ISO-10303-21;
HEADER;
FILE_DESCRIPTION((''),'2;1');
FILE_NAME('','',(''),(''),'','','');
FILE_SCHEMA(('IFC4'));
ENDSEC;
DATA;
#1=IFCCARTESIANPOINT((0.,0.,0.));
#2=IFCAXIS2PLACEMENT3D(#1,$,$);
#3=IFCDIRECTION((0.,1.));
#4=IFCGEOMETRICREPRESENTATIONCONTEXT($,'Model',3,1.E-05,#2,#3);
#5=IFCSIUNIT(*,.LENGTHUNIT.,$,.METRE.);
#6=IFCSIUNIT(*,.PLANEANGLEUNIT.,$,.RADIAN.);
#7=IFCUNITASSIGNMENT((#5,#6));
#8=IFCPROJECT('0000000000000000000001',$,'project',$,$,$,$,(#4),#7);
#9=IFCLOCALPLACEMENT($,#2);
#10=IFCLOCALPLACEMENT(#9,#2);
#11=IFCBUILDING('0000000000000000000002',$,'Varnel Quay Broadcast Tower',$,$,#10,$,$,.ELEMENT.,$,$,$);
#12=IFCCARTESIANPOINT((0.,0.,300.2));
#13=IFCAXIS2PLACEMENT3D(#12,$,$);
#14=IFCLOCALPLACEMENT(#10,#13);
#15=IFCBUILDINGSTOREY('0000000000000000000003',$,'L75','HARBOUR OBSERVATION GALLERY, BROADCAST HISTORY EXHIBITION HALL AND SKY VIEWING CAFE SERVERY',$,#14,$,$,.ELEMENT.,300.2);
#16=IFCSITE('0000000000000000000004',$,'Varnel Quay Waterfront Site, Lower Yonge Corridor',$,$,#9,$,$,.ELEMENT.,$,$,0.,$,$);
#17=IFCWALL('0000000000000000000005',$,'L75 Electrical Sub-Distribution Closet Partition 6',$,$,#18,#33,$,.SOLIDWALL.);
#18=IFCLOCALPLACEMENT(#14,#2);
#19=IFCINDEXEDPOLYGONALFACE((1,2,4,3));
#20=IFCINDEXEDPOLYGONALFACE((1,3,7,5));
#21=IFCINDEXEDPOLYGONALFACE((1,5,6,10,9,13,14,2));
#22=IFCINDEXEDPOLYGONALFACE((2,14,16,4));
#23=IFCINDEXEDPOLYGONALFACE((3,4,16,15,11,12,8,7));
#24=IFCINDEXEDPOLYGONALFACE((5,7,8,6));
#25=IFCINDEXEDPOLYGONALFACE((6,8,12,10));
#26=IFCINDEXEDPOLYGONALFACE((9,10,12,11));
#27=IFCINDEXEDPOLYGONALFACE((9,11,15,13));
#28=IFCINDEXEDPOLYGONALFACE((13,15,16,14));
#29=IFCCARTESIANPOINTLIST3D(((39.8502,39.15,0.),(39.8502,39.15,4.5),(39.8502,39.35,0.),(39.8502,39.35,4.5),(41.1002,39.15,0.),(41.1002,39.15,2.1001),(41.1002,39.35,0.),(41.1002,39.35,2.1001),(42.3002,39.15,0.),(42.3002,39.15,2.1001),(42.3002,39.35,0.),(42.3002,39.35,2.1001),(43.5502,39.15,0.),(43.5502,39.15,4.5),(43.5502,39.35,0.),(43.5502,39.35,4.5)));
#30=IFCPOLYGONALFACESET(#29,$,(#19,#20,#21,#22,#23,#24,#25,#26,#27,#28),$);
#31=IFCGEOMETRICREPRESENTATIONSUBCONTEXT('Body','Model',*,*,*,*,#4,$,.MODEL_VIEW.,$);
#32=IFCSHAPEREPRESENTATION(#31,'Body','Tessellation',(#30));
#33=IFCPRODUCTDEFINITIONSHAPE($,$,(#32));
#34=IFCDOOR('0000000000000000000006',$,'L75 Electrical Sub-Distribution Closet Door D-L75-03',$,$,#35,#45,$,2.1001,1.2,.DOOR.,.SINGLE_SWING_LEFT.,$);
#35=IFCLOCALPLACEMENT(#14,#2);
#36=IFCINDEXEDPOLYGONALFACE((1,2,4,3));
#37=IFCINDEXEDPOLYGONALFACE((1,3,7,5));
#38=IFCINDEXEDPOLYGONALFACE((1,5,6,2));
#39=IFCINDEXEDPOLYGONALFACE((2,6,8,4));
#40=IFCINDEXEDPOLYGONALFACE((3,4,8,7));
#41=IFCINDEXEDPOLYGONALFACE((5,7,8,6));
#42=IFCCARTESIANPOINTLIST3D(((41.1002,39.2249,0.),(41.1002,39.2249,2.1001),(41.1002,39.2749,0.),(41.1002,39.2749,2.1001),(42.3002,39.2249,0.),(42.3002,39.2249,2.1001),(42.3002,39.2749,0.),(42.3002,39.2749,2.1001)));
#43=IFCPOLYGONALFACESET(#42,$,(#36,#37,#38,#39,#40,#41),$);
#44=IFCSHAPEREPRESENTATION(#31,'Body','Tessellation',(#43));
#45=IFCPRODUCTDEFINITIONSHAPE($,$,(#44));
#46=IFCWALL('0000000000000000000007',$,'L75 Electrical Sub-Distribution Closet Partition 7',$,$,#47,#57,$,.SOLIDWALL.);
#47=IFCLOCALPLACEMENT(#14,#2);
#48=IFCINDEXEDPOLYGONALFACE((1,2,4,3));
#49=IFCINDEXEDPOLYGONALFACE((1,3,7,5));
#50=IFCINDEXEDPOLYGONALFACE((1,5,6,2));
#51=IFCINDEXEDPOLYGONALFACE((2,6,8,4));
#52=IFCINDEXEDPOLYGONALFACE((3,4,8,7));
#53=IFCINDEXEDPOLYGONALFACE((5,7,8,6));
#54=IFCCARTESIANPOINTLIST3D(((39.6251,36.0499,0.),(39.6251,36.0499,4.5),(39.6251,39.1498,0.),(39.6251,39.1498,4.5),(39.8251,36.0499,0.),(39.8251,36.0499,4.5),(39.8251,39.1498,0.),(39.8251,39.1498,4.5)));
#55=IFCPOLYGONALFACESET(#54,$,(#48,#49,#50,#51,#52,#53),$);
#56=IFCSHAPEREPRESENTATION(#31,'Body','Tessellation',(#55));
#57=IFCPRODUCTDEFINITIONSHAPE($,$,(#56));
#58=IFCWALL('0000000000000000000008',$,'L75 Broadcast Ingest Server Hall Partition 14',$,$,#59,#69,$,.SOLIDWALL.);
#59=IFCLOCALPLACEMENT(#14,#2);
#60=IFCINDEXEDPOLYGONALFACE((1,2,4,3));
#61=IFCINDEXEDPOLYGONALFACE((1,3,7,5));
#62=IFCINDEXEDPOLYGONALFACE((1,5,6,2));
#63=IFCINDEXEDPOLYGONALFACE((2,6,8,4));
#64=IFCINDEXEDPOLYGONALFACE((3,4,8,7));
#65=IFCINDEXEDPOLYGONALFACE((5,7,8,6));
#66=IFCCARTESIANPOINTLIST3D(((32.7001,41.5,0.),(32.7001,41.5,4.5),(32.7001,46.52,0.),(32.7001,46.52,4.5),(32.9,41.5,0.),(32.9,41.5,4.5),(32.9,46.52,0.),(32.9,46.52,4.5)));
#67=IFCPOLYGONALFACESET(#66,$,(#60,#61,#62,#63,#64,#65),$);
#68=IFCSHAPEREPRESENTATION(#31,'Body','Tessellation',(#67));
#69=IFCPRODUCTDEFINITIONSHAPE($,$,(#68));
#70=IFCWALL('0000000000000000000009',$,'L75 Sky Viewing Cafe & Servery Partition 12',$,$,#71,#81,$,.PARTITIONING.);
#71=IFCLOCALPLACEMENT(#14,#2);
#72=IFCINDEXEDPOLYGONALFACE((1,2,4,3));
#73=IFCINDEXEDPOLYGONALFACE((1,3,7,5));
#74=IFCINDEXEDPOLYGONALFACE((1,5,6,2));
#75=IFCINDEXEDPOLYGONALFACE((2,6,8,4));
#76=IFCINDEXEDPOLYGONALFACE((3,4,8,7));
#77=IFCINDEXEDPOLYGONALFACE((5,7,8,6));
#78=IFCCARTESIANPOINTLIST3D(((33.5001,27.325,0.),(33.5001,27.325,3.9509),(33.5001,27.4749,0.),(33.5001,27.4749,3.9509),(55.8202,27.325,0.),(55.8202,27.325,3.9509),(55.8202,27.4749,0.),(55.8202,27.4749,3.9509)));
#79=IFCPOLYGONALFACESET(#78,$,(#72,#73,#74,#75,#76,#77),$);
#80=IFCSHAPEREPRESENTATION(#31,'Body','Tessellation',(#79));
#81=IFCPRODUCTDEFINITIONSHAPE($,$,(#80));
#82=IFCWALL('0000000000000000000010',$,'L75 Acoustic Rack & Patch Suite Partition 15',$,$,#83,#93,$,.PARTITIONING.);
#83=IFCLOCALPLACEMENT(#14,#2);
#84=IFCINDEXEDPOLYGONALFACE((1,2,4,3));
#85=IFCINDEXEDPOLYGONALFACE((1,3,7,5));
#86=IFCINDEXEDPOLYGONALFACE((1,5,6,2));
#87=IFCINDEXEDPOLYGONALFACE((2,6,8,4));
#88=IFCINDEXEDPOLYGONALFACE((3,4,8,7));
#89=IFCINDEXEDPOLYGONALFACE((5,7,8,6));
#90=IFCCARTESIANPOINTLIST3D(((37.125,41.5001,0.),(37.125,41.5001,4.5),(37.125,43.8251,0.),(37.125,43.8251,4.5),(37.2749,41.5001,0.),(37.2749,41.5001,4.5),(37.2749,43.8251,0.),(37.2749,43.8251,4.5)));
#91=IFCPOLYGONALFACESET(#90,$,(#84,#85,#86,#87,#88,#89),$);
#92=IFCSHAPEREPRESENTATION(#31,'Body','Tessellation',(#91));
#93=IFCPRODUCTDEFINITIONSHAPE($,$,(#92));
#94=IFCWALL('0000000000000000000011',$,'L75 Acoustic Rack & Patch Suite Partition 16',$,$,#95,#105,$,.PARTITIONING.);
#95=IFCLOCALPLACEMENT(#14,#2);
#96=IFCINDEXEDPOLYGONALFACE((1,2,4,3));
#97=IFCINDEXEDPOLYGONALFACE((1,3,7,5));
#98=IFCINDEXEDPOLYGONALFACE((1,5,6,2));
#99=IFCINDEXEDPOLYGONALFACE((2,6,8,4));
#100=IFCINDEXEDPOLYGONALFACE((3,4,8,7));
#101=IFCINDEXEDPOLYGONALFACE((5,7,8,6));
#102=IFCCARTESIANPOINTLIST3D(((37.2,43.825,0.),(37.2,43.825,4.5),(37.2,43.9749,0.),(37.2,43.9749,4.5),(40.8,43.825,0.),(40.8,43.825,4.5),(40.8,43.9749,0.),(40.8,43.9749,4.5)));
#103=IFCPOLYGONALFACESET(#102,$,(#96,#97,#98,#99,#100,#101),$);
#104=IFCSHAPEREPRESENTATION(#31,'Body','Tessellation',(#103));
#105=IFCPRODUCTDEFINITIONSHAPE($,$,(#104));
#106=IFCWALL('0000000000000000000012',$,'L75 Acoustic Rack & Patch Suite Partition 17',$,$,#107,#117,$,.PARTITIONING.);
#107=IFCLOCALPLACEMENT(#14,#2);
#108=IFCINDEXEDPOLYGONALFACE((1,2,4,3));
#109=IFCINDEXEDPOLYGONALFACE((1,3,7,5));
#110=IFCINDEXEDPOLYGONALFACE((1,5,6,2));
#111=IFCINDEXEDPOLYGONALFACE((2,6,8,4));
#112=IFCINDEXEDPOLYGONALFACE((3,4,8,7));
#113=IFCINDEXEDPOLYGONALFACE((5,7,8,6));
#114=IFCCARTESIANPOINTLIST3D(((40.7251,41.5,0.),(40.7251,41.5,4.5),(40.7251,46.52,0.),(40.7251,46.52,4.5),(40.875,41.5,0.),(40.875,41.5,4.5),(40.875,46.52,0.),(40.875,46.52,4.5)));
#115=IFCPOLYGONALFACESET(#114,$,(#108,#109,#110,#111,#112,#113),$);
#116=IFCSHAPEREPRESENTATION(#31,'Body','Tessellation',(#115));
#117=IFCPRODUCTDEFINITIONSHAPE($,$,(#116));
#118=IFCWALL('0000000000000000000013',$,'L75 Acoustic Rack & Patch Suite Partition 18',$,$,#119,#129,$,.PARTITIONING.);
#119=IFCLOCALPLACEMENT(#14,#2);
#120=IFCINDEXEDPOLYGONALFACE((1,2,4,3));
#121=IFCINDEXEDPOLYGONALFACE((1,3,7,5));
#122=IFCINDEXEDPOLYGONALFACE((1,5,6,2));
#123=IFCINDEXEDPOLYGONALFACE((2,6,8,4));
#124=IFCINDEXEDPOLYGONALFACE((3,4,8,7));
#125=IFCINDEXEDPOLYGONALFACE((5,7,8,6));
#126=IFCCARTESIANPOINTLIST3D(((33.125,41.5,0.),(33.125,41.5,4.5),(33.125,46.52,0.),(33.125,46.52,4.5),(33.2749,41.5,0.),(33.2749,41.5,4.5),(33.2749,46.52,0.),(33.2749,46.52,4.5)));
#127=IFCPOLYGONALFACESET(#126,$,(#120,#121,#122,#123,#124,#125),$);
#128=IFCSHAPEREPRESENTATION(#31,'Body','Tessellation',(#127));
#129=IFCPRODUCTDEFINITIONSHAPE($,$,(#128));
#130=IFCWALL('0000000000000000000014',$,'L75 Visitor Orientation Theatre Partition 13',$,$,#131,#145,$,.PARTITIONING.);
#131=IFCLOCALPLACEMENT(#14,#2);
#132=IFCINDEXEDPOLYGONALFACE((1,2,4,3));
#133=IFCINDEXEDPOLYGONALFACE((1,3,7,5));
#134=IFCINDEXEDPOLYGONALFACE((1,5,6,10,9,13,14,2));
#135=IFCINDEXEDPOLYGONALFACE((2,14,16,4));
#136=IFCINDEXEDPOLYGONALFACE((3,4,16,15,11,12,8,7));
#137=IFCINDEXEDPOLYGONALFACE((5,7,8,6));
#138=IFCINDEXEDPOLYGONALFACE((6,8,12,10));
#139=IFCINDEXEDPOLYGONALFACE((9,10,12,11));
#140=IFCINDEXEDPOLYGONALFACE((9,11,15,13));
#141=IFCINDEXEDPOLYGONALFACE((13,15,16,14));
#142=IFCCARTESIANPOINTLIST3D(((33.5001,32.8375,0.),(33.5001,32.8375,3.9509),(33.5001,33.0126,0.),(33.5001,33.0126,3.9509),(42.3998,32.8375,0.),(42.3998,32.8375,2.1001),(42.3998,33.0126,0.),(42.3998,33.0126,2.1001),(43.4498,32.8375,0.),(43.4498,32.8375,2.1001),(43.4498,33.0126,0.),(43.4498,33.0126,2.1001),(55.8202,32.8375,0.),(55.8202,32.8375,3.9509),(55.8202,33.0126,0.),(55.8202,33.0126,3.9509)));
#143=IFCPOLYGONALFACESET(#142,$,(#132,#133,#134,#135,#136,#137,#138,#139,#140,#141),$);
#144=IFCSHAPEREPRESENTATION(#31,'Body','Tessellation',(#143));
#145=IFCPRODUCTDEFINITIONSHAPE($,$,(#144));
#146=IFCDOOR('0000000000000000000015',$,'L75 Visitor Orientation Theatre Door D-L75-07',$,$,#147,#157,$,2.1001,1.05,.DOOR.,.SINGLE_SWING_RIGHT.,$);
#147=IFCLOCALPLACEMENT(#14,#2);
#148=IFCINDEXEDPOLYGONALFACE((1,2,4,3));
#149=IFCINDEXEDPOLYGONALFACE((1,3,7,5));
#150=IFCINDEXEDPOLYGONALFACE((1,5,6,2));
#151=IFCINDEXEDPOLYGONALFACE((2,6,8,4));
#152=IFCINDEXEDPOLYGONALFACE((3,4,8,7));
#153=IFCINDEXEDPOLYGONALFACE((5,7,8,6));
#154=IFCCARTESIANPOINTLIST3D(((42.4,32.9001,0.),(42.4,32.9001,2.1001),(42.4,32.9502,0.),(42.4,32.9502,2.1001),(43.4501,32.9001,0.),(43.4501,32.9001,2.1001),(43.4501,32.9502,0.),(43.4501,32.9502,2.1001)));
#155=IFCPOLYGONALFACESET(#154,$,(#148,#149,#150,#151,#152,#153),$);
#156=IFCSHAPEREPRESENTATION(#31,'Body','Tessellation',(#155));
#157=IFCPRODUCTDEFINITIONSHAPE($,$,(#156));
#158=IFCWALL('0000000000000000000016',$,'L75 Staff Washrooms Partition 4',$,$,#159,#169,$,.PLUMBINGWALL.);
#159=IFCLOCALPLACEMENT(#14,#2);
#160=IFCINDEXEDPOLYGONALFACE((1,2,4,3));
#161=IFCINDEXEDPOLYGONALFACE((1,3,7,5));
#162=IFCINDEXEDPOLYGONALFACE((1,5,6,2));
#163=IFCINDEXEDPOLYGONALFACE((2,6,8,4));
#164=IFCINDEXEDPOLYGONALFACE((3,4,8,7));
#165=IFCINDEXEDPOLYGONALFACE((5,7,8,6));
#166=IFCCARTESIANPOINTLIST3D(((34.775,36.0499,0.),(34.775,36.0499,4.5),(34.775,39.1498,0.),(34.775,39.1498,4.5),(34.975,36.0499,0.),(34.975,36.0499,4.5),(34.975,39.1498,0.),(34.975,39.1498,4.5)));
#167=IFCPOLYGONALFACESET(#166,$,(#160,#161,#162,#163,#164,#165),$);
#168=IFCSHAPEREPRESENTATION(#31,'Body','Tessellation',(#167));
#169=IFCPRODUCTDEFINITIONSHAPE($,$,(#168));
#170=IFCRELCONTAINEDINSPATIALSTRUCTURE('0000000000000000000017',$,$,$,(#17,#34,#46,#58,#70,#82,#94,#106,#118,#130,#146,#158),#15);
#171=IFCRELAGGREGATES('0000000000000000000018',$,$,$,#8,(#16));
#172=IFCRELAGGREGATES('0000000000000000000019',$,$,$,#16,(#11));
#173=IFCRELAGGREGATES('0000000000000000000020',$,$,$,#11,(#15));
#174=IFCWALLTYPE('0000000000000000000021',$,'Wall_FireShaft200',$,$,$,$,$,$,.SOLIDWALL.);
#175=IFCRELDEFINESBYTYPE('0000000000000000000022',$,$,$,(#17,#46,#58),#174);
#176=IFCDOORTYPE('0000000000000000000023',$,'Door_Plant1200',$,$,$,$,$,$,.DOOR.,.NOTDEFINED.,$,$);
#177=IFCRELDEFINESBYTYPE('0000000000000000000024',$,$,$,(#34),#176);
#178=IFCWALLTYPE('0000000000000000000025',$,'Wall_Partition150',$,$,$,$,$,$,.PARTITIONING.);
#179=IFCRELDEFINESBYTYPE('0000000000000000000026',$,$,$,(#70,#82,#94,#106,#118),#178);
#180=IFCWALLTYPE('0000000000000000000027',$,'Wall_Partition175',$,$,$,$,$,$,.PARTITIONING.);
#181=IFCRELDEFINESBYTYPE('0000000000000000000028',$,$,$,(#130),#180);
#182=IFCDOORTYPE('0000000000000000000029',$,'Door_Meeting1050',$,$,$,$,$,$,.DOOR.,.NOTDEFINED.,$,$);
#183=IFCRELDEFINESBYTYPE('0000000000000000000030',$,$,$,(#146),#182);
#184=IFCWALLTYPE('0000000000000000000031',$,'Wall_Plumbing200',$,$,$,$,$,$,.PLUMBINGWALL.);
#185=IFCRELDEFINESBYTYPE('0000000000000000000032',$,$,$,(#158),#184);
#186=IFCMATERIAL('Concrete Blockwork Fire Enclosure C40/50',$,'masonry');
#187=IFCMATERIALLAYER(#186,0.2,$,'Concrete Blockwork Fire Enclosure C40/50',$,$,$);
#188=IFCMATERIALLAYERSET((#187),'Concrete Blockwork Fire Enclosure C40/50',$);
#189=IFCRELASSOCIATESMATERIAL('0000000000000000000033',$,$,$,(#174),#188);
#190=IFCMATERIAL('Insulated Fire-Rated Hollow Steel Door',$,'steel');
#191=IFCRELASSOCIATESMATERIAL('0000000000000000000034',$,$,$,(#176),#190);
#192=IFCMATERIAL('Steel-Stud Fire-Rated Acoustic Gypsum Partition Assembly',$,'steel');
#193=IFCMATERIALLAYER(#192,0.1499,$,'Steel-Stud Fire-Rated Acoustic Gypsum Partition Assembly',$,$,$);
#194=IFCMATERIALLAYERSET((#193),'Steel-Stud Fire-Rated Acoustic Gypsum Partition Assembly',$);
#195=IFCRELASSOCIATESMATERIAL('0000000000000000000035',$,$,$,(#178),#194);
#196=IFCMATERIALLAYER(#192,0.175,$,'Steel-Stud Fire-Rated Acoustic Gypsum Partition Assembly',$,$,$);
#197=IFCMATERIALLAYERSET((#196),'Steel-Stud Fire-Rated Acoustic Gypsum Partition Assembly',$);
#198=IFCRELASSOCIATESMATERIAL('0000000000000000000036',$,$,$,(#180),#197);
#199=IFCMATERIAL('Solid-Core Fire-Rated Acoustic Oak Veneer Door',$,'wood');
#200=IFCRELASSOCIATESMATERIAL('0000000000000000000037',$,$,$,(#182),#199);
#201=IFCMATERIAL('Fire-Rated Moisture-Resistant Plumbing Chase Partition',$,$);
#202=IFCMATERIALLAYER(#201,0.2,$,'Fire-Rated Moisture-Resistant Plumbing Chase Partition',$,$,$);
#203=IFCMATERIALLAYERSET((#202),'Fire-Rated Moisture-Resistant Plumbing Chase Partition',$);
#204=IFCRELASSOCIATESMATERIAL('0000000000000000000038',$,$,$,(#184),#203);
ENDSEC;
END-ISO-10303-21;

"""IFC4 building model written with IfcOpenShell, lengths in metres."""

from ifc_helpers import new_model, si_unit, direction, frame, frame_2d, origin, place, context, subcontext, project, spatial, rectangle, extrude, source, transform, mapped, material, layer, layer_set, type_object, type_shapes, element, fill, save


model = new_model("IFC4")

# Units and contexts
model_context = context("Model", 3, precision=1e-05, world=origin(), true_north=direction((0.0, 1.0)))
body_context = subcontext(model_context, "Body", "Model", "MODEL_VIEW")
ifc_project = project(units=[si_unit("LENGTHUNIT", "METRE"), si_unit("PLANEANGLEUNIT", "RADIAN")], contexts=[model_context])

# Site, building, storey
site_placement = place(None, origin())
site = spatial("IfcSite", under=ifc_project, at=site_placement, Name="Varnel Quay Waterfront Site, Lower Yonge Corridor", CompositionType="ELEMENT", RefElevation=0.0)
building_placement = place(site_placement, origin())
building = spatial("IfcBuilding", under=site, at=building_placement, Name="Varnel Quay Broadcast Tower", CompositionType="ELEMENT")
storey_placement = place(building_placement, frame((0.0, 0.0, 300.2)))
storey = spatial("IfcBuildingStorey", under=building, at=storey_placement, Name="L75", Description="HARBOUR OBSERVATION GALLERY, BROADCAST HISTORY EXHIBITION HALL AND SKY VIEWING CAFE SERVERY", CompositionType="ELEMENT", Elevation=300.2)

# Shared definitions
ifc_material_1 = material(Name="Insulated Fire-Rated Hollow Steel Door", Category="steel")

# Shared definitions
ifc_material_2 = material(Name="Concrete Blockwork Fire Enclosure C40/50", Category="masonry")
ifc_layer_1 = layer(ifc_material_2, 0.2, Name="Concrete Blockwork Fire Enclosure C40/50")
ifc_layer_set_1 = layer_set([ifc_layer_1], Name="Concrete Blockwork Fire Enclosure C40/50")
wall_type_1 = type_object("IfcWallType", Name="Wall_FireShaft200", PredefinedType="SOLIDWALL", material=ifc_layer_set_1)

# Wall, opening, door
wall_1_placement = place(storey_placement, frame((39.8501, 39.25, 0.0), z_axis=(0.0, 0.0, 1.0), x_axis=(1.0, 0.0, 0.0)))
wall_1 = element("IfcWall", 1, at=wall_1_placement, inside=storey, type_object=wall_type_1, Name="L75 Electrical Sub-Distribution Closet Partition 6", PredefinedType="SOLIDWALL", context=body_context, shape_type="SweptSolid", body=[
    extrude(rectangle(XDim=3.7, YDim=0.2, at=frame_2d((1.8501, 0.0))), origin(), (0.0, 0.0, 1.0), 4.5),
])
opening_1_placement = place(wall_1_placement, frame((1.25, 0.0, 0.0)))
opening_1 = element("IfcOpeningElement", 2, at=opening_1_placement, cuts=wall_1, PredefinedType="OPENING", context=body_context, shape_type="SweptSolid", body=[
    extrude(rectangle(XDim=1.2, YDim=2.1001, at=frame_2d((0.6001, 1.05))), frame((0.0, 0.1099, 0.0), z_axis=(0.0, -1.0, 0.0), x_axis=(1.0, 0.0, 0.0)), (0.0, 0.0, 1.0), 0.22),
])
door_type_1 = type_object("IfcDoorType", Name="Door_Plant1200", OperationType="NOTDEFINED", PredefinedType="DOOR", material=ifc_material_1)
shared_shape_1 = source(origin(), body_context, "Body", "SweptSolid", [
    extrude(rectangle(XDim=1.2, YDim=2.1001, at=frame_2d((0.6001, 1.05))), frame((0.0, 0.0249, 0.0), z_axis=(0.0, -1.0, 0.0), x_axis=(1.0, 0.0, 0.0)), (0.0, 0.0, 1.0), 0.05),
])
type_shapes(door_type_1, [shared_shape_1])
door_1_placement = place(opening_1_placement, origin())
door_1 = element("IfcDoor", 3, at=door_1_placement, inside=storey, type_object=door_type_1, Name="L75 Electrical Sub-Distribution Closet Door D-L75-03", OperationType="SINGLE_SWING_LEFT", OverallHeight=2.1001, OverallWidth=1.2, PredefinedType="DOOR", context=body_context, shape_type="MappedRepresentation", body=[
    mapped(shared_shape_1, transform((0.0, 0.0, 0.0), x_axis=(1.0, 0.0, 0.0), y_axis=(0.0, 1.0, 0.0), z_axis=(0.0, 0.0, 1.0), scale=1.0)),
])
fill(opening_1, door_1)

# Walls
wall_2_placement = place(storey_placement, frame((39.7251, 36.05, 0.0), z_axis=(0.0, 0.0, 1.0), x_axis=(0.0, 1.0, 0.0)))
element("IfcWall", 4, at=wall_2_placement, inside=storey, type_object=wall_type_1, Name="L75 Electrical Sub-Distribution Closet Partition 7", PredefinedType="SOLIDWALL", context=body_context, shape_type="SweptSolid", body=[
    extrude(rectangle(XDim=3.0999, YDim=0.2, at=frame_2d((1.5498, 0.0))), origin(), (0.0, 0.0, 1.0), 4.5),
])
wall_3_placement = place(storey_placement, frame((32.8, 41.5, 0.0), z_axis=(0.0, 0.0, 1.0), x_axis=(0.0, 1.0, 0.0)))
element("IfcWall", 5, at=wall_3_placement, inside=storey, type_object=wall_type_1, Name="L75 Broadcast Ingest Server Hall Partition 14", PredefinedType="SOLIDWALL", context=body_context, shape_type="SweptSolid", body=[
    extrude(rectangle(XDim=5.02, YDim=0.2, at=frame_2d((2.51, 0.0))), origin(), (0.0, 0.0, 1.0), 4.5),
])
ifc_material_3 = material(Name="Steel-Stud Fire-Rated Acoustic Gypsum Partition Assembly", Category="steel")
ifc_layer_2 = layer(ifc_material_3, 0.1499, Name="Steel-Stud Fire-Rated Acoustic Gypsum Partition Assembly")
ifc_layer_set_2 = layer_set([ifc_layer_2], Name="Steel-Stud Fire-Rated Acoustic Gypsum Partition Assembly")
wall_type_2 = type_object("IfcWallType", Name="Wall_Partition150", PredefinedType="PARTITIONING", material=ifc_layer_set_2)
wall_4_placement = place(storey_placement, frame((33.5, 27.3999, 0.0), z_axis=(0.0, 0.0, 1.0), x_axis=(1.0, 0.0, 0.0)))
element("IfcWall", 6, at=wall_4_placement, inside=storey, type_object=wall_type_2, Name="L75 Sky Viewing Cafe & Servery Partition 12", PredefinedType="PARTITIONING", context=body_context, shape_type="SweptSolid", body=[
    extrude(rectangle(XDim=22.3201, YDim=0.1499, at=frame_2d((11.1602, 0.0))), origin(), (0.0, 0.0, 1.0), 3.9509),
])
wall_5_placement = place(storey_placement, frame((37.2, 41.5, 0.0), z_axis=(0.0, 0.0, 1.0), x_axis=(0.0, 1.0, 0.0)))
element("IfcWall", 7, at=wall_5_placement, inside=storey, type_object=wall_type_2, Name="L75 Acoustic Rack & Patch Suite Partition 15", PredefinedType="PARTITIONING", context=body_context, shape_type="SweptSolid", body=[
    extrude(rectangle(XDim=2.325, YDim=0.1499, at=frame_2d((1.1626, 0.0))), origin(), (0.0, 0.0, 1.0), 4.5),
])
wall_6_placement = place(storey_placement, frame((37.2, 43.8999, 0.0), z_axis=(0.0, 0.0, 1.0), x_axis=(1.0, 0.0, 0.0)))
element("IfcWall", 8, at=wall_6_placement, inside=storey, type_object=wall_type_2, Name="L75 Acoustic Rack & Patch Suite Partition 16", PredefinedType="PARTITIONING", context=body_context, shape_type="SweptSolid", body=[
    extrude(rectangle(XDim=3.6001, YDim=0.1499, at=frame_2d((1.8, 0.0))), origin(), (0.0, 0.0, 1.0), 4.5),
])
for number, where, z_axis, x_axis, name in (
    (9, (40.8, 41.5, 0.0), (0.0, 0.0, 1.0), (0.0, 1.0, 0.0), "L75 Acoustic Rack & Patch Suite Partition 17"),
    (10, (33.2, 41.5, 0.0), (0.0, 0.0, 1.0), (0.0, 1.0, 0.0), "L75 Acoustic Rack & Patch Suite Partition 18"),
):
    element("IfcWall", number, at=place(storey_placement, frame(where, z_axis=z_axis, x_axis=x_axis)), inside=storey, type_object=wall_type_2, Name=name, PredefinedType="PARTITIONING", context=body_context, shape_type="SweptSolid", body=[
        extrude(rectangle(XDim=5.02, YDim=0.1499, at=frame_2d((2.51, 0.0))), origin(), (0.0, 0.0, 1.0), 4.5),
    ])

# Wall, opening, door
ifc_layer_3 = layer(ifc_material_3, 0.175, Name="Steel-Stud Fire-Rated Acoustic Gypsum Partition Assembly")
ifc_layer_set_3 = layer_set([ifc_layer_3], Name="Steel-Stud Fire-Rated Acoustic Gypsum Partition Assembly")
wall_type_3 = type_object("IfcWallType", Name="Wall_Partition175", PredefinedType="PARTITIONING", material=ifc_layer_set_3)
wall_7_placement = place(storey_placement, frame((33.5, 32.925, 0.0), z_axis=(0.0, 0.0, 1.0), x_axis=(1.0, 0.0, 0.0)))
wall_7 = element("IfcWall", 11, at=wall_7_placement, inside=storey, type_object=wall_type_3, Name="L75 Visitor Orientation Theatre Partition 13", PredefinedType="PARTITIONING", context=body_context, shape_type="SweptSolid", body=[
    extrude(rectangle(XDim=22.3201, YDim=0.175, at=frame_2d((11.1602, 0.0))), origin(), (0.0, 0.0, 1.0), 3.9509),
])
opening_2_placement = place(wall_7_placement, frame((8.8999, 0.0, 0.0)))
opening_2 = element("IfcOpeningElement", 12, at=opening_2_placement, cuts=wall_7, PredefinedType="OPENING", context=body_context, shape_type="SweptSolid", body=[
    extrude(rectangle(XDim=1.05, YDim=2.1001, at=frame_2d((0.5249, 1.05))), frame((0.0, 0.0977, 0.0), z_axis=(0.0, -1.0, 0.0), x_axis=(1.0, 0.0, 0.0)), (0.0, 0.0, 1.0), 0.1951),
])
ifc_material_4 = material(Name="Solid-Core Fire-Rated Acoustic Oak Veneer Door", Category="wood")
door_type_2 = type_object("IfcDoorType", Name="Door_Meeting1050", OperationType="NOTDEFINED", PredefinedType="DOOR", material=ifc_material_4)
shared_shape_2 = source(origin(), body_context, "Body", "SweptSolid", [
    extrude(rectangle(XDim=1.05, YDim=2.1001, at=frame_2d((0.5249, 1.05))), frame((0.0, 0.0249, 0.0), z_axis=(0.0, -1.0, 0.0), x_axis=(1.0, 0.0, 0.0)), (0.0, 0.0, 1.0), 0.05),
])
type_shapes(door_type_2, [shared_shape_2])
door_2_placement = place(opening_2_placement, frame((1.05, 0.0, 0.0), z_axis=(0.0, 0.0, 1.0), x_axis=(-1.0, 0.0, 0.0)))
door_2 = element("IfcDoor", 13, at=door_2_placement, inside=storey, type_object=door_type_2, Name="L75 Visitor Orientation Theatre Door D-L75-07", OperationType="SINGLE_SWING_RIGHT", OverallHeight=2.1001, OverallWidth=1.05, PredefinedType="DOOR", context=body_context, shape_type="MappedRepresentation", body=[
    mapped(shared_shape_2, transform((0.0, 0.0, 0.0), x_axis=(1.0, 0.0, 0.0), y_axis=(0.0, 1.0, 0.0), z_axis=(0.0, 0.0, 1.0), scale=1.0)),
])
fill(opening_2, door_2)

# Wall
ifc_material_5 = material(Name="Fire-Rated Moisture-Resistant Plumbing Chase Partition")
ifc_layer_4 = layer(ifc_material_5, 0.2, Name="Fire-Rated Moisture-Resistant Plumbing Chase Partition")
ifc_layer_set_4 = layer_set([ifc_layer_4], Name="Fire-Rated Moisture-Resistant Plumbing Chase Partition")
wall_type_4 = type_object("IfcWallType", Name="Wall_Plumbing200", PredefinedType="PLUMBINGWALL", material=ifc_layer_set_4)
wall_8_placement = place(storey_placement, frame((34.875, 36.05, 0.0), z_axis=(0.0, 0.0, 1.0), x_axis=(0.0, 1.0, 0.0)))
element("IfcWall", 14, at=wall_8_placement, inside=storey, type_object=wall_type_4, Name="L75 Staff Washrooms Partition 4", PredefinedType="PLUMBINGWALL", context=body_context, shape_type="SweptSolid", body=[
    extrude(rectangle(XDim=3.0999, YDim=0.2, at=frame_2d((1.5498, 0.0))), origin(), (0.0, 0.0, 1.0), 4.5),
])

save(model, "model.ifc")
